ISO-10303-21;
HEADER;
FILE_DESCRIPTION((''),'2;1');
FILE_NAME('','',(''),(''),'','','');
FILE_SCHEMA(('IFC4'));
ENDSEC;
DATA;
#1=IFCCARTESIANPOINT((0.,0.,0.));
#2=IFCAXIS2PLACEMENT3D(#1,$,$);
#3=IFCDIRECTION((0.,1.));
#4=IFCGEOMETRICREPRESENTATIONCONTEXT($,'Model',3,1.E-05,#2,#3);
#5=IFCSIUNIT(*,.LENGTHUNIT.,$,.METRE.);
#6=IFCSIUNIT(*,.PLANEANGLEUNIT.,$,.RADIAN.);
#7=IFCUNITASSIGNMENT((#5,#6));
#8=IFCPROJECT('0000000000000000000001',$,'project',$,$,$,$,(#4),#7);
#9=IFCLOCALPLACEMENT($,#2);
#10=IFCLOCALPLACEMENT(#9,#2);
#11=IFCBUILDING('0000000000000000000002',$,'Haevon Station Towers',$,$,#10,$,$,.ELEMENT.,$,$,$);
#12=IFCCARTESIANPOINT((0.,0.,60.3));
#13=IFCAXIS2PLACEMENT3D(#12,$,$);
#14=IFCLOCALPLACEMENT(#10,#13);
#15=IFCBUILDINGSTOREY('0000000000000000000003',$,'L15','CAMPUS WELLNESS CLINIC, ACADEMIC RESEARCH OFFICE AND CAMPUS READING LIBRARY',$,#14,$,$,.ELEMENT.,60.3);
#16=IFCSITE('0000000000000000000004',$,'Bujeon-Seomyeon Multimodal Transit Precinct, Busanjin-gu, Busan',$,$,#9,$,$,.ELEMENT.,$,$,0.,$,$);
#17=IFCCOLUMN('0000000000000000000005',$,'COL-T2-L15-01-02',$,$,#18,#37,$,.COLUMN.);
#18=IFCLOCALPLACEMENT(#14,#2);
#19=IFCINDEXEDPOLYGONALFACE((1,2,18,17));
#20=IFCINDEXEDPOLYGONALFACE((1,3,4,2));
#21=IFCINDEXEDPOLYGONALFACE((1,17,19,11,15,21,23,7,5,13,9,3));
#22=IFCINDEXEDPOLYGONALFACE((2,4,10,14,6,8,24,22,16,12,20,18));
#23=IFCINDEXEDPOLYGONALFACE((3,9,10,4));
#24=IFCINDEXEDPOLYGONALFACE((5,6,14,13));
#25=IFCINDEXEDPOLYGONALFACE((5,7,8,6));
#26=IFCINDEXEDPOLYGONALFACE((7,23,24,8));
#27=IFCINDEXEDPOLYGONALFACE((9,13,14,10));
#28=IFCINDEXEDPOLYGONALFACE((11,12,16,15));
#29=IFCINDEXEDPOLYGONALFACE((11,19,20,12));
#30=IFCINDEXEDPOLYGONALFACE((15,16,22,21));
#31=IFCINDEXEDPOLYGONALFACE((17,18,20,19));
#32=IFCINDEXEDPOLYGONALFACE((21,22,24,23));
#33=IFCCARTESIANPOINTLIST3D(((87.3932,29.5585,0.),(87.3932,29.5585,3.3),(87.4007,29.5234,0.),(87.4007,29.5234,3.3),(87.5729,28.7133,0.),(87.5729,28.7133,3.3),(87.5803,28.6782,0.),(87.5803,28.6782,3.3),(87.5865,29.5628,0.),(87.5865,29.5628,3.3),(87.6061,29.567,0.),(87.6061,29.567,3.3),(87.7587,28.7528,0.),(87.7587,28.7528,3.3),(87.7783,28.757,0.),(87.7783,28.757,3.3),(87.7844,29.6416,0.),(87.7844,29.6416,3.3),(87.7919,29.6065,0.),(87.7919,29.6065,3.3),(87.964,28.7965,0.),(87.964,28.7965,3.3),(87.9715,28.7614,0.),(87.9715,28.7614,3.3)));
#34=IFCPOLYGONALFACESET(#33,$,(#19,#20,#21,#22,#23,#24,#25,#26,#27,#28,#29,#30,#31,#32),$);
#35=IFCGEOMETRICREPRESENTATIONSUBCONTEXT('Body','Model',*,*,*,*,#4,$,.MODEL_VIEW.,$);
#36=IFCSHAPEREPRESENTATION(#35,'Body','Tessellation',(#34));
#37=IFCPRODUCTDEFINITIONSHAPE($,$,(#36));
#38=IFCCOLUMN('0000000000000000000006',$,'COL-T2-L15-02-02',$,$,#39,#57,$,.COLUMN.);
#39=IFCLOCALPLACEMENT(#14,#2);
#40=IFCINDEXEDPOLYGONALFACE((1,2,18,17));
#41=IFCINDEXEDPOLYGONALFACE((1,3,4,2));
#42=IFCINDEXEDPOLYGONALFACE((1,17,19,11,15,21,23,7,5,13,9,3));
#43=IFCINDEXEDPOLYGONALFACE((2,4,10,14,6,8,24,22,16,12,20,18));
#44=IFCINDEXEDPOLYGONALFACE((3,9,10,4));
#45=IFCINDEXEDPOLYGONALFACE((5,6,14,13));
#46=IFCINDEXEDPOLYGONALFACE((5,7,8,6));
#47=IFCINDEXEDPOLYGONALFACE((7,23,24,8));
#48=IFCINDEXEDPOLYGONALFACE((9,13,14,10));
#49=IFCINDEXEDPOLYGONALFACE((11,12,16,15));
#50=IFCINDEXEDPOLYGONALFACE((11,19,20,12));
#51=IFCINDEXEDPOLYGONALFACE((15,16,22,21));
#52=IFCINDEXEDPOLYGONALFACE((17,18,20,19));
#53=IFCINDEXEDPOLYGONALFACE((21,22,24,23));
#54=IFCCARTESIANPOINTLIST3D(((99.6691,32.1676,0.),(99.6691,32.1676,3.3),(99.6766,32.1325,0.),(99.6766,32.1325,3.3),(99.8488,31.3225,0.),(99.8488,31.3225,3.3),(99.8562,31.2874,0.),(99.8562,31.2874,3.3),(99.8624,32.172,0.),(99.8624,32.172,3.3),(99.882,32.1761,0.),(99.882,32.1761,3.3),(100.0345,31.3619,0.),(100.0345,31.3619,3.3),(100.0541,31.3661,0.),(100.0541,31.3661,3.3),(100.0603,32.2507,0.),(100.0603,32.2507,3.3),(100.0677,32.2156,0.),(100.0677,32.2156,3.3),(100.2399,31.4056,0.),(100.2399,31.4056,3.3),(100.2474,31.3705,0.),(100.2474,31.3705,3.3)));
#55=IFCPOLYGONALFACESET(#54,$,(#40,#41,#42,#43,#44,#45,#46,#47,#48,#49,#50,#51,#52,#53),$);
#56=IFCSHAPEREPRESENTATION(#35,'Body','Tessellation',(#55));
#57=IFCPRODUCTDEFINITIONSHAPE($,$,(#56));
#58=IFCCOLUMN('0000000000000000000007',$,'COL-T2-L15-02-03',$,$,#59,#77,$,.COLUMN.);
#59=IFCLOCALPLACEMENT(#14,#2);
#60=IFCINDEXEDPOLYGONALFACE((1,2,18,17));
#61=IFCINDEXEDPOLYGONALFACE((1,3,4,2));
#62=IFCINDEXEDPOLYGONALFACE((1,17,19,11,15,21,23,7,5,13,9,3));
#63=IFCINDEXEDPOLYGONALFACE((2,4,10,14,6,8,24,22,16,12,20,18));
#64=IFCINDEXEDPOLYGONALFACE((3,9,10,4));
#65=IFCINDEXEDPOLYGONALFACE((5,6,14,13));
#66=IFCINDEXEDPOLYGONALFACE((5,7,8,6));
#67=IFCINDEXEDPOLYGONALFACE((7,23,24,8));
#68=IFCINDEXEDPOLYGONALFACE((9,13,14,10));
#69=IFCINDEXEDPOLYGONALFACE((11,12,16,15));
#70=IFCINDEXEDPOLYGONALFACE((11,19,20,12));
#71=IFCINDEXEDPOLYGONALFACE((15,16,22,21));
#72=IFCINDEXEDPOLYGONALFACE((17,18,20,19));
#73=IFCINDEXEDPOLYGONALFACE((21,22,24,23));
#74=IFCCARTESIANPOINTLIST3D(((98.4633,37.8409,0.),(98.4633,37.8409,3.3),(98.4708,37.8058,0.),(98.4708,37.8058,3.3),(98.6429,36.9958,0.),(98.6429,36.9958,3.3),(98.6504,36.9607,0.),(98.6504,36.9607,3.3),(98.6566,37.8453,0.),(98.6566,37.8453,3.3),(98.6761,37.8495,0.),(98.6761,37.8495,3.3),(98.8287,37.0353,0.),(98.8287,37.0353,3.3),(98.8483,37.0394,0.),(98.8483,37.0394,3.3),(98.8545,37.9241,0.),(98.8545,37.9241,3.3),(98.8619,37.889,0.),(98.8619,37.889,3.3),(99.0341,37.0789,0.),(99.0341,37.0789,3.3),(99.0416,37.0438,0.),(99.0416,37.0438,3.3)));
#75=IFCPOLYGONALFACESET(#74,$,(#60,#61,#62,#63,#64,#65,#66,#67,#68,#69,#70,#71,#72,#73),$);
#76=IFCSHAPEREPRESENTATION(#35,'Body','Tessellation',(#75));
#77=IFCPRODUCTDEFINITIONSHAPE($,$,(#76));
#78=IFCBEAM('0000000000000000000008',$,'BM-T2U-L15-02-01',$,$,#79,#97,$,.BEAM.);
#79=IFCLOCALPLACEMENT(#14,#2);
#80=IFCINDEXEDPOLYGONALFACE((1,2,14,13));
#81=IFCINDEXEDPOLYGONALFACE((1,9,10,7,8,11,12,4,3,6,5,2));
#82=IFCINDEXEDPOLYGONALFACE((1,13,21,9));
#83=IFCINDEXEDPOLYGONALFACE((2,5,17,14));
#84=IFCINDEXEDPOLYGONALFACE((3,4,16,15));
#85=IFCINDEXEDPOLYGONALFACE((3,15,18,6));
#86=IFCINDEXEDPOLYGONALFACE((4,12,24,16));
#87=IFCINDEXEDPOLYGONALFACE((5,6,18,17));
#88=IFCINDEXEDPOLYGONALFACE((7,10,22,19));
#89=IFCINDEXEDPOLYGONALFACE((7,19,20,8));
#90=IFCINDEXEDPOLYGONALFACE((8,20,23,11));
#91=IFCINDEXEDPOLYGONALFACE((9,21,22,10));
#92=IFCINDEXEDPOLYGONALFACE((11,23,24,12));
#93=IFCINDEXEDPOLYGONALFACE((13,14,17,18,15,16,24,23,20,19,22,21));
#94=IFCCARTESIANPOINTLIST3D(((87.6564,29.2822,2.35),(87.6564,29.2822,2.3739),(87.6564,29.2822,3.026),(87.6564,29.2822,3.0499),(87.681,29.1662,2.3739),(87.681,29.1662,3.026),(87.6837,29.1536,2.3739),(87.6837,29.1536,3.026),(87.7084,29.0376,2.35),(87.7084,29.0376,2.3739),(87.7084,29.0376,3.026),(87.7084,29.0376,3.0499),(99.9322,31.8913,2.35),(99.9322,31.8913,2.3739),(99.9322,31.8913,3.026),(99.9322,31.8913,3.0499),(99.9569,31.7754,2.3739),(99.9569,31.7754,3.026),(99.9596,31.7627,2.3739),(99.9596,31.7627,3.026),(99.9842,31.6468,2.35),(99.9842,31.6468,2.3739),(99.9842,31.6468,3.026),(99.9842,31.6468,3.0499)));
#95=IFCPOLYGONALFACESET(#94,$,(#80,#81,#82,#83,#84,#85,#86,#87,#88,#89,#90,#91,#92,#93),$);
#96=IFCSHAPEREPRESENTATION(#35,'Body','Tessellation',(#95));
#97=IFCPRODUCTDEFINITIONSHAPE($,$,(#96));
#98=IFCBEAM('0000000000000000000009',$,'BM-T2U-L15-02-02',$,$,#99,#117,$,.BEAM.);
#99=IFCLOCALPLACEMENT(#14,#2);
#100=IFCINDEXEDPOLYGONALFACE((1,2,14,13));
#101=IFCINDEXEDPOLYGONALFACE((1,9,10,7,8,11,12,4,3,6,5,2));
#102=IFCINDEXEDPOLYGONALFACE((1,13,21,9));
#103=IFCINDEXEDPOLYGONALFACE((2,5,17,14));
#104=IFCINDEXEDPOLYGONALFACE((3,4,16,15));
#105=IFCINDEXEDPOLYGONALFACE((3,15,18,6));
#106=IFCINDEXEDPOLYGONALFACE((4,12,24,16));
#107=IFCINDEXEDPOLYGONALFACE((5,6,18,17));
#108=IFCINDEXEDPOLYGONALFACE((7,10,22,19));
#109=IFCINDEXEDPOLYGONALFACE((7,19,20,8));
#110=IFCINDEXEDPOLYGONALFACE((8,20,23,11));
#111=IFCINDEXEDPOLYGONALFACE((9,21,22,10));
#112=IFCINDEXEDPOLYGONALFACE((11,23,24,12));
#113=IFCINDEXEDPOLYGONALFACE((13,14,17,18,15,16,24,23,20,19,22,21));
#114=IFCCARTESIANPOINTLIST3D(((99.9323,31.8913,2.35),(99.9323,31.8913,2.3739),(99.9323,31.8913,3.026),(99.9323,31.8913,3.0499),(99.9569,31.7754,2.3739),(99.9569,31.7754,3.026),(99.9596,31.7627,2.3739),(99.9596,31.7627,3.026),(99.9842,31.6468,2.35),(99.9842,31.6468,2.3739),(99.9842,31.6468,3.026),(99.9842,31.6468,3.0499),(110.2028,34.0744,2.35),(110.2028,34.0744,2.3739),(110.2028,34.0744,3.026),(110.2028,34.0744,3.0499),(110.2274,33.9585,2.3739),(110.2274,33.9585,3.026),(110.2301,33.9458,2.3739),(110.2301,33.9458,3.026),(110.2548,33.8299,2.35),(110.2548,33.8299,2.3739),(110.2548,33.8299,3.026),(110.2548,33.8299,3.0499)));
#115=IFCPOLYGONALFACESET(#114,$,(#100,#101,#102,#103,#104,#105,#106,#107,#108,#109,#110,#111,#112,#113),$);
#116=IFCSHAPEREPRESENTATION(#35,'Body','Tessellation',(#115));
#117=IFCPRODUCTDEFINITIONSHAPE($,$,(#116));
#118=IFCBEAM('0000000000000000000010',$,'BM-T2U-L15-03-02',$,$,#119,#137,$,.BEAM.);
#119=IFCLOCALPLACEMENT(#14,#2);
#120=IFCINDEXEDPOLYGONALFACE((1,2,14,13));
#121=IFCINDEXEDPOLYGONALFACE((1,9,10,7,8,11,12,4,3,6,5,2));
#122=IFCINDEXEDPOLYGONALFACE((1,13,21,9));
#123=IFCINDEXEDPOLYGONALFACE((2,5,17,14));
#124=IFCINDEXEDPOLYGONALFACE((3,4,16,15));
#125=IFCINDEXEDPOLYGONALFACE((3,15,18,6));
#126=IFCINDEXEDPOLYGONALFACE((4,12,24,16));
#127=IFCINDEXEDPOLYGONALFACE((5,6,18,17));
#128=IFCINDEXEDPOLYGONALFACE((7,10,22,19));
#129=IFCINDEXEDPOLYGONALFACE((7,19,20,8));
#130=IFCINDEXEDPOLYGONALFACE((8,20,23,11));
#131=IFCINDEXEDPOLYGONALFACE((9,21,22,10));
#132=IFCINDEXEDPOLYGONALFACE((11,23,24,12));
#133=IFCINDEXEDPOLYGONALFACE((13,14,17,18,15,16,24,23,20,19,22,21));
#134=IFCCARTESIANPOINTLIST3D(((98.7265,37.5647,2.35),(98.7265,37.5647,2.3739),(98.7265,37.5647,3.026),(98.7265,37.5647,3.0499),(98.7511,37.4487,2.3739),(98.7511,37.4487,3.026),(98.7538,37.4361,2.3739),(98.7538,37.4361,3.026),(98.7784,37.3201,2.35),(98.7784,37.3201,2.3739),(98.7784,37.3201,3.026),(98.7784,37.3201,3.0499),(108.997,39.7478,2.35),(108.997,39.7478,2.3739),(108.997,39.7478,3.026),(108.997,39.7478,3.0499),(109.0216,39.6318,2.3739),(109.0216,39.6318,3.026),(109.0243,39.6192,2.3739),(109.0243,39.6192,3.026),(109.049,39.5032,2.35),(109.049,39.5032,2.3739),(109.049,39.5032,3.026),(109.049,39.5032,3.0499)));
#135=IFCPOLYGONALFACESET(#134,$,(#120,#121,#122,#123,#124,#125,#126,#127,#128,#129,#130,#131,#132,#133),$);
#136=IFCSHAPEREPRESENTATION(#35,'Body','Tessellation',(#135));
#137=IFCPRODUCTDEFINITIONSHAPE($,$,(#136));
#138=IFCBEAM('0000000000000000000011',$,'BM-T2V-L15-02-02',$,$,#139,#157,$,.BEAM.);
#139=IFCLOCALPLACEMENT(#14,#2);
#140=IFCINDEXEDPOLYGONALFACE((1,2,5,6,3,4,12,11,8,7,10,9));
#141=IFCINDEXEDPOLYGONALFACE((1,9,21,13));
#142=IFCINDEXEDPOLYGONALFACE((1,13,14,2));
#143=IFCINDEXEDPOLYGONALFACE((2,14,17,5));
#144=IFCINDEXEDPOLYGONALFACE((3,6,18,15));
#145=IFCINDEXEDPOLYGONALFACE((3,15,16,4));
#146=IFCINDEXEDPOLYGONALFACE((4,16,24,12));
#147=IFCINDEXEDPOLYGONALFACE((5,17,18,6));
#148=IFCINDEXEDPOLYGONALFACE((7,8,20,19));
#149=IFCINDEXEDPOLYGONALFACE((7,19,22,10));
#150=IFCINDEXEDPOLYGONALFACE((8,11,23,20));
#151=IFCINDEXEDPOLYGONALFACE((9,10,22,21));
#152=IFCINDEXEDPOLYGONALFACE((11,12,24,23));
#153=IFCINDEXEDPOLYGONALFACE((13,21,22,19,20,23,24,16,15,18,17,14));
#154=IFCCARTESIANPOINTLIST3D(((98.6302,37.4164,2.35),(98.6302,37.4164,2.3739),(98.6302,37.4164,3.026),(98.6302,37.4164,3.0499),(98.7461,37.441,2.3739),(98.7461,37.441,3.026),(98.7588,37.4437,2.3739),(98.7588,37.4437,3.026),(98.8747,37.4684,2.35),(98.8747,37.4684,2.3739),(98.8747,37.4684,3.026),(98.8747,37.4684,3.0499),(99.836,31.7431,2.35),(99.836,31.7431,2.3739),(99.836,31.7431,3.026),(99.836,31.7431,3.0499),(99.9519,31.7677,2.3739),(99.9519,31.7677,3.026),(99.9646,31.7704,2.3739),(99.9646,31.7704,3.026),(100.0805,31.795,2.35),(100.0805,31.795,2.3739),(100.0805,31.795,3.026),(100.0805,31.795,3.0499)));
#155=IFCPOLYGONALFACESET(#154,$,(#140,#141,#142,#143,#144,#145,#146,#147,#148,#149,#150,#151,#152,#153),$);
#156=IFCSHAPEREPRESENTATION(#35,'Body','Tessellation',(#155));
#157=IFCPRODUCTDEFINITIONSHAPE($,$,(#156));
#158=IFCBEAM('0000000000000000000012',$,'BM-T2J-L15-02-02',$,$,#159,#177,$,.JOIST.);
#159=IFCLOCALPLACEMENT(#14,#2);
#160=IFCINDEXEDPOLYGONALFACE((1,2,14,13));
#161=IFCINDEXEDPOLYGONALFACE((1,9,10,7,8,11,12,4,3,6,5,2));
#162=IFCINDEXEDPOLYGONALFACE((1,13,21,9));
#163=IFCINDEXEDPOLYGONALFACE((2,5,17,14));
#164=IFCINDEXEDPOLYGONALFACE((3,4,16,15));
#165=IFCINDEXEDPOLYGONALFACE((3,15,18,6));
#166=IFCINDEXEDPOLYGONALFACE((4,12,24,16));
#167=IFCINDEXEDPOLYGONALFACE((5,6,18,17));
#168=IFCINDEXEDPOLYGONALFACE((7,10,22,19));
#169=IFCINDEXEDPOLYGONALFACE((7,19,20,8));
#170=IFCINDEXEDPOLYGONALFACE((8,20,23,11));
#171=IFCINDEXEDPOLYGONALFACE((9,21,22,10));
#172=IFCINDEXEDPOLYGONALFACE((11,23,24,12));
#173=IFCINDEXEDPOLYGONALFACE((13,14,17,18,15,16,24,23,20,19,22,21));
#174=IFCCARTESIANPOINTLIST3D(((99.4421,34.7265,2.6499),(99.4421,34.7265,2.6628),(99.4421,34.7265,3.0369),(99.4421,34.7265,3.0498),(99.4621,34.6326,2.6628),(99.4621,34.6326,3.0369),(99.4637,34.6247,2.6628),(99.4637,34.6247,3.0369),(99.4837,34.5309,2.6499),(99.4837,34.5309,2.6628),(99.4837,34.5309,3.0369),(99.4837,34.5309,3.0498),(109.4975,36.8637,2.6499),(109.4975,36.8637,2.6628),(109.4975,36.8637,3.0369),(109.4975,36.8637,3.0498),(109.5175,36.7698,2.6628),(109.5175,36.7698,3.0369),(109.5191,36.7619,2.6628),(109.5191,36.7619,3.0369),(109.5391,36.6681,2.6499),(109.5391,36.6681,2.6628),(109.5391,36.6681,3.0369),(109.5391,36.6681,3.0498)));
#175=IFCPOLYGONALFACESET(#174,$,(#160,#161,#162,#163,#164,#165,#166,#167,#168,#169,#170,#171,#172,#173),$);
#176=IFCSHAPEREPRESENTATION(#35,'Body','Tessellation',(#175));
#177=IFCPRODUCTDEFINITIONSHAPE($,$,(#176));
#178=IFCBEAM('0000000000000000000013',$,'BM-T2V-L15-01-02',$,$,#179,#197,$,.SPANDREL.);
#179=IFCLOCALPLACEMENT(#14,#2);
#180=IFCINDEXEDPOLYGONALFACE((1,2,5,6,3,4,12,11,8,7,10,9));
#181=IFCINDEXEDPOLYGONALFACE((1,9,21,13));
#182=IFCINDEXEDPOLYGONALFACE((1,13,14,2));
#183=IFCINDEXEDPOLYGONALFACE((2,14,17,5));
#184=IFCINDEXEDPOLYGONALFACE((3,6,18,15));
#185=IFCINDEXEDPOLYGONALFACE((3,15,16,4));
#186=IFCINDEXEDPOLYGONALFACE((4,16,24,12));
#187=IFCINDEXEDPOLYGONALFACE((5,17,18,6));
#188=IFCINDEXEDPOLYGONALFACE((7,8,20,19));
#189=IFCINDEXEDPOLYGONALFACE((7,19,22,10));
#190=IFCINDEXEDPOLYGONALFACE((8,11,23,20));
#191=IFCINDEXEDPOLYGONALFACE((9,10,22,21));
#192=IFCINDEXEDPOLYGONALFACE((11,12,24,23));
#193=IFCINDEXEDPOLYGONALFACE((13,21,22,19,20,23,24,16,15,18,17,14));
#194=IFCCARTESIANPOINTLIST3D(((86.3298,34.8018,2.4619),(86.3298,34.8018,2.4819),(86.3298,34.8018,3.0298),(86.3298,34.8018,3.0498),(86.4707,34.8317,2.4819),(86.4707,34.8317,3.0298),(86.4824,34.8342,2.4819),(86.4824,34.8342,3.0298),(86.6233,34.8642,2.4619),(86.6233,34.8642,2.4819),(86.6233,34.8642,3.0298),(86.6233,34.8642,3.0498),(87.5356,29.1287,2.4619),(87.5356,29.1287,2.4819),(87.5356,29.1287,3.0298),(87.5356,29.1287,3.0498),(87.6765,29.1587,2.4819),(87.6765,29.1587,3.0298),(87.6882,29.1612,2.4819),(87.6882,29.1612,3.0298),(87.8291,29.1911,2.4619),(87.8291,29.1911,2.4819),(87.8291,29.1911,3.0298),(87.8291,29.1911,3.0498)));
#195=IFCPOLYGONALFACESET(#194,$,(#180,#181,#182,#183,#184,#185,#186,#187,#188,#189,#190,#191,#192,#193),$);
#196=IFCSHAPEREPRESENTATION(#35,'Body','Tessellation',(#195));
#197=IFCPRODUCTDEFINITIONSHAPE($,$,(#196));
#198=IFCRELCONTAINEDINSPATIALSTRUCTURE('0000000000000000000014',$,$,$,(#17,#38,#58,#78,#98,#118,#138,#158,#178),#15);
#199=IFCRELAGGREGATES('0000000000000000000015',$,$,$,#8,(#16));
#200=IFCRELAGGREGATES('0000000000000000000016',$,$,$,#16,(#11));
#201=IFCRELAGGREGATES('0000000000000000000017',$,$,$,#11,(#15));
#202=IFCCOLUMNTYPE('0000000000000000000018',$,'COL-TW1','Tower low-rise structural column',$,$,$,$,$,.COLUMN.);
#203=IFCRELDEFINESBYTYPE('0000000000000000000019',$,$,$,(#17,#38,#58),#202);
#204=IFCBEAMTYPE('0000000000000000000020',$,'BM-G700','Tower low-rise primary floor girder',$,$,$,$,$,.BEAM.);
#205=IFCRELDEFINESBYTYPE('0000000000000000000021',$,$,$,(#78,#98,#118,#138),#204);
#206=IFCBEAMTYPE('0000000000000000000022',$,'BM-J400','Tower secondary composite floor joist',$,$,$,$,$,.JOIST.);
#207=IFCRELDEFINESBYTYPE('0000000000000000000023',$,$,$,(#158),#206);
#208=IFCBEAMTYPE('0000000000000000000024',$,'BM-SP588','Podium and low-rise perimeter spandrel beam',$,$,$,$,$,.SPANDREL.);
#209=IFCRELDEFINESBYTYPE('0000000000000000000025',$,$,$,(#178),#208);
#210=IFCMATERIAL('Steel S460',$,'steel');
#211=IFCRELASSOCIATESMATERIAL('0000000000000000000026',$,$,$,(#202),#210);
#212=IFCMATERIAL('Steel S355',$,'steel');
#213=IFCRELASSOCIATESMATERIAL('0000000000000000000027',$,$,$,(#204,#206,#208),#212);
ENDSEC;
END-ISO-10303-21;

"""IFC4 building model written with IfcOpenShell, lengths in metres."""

from ifc_helpers import new_model, si_unit, direction, frame, origin, origin_2d, place, context, subcontext, project, spatial, i_section, extrude, material, material_profile, profile_set, type_object, element, save


model = new_model("IFC4")

# Units and contexts
model_context = context("Model", 3, precision=1e-05, world=origin(), true_north=direction((0.0, 1.0)))
body_context = subcontext(model_context, "Body", "Model", "MODEL_VIEW")
ifc_project = project(units=[si_unit("LENGTHUNIT", "METRE"), si_unit("PLANEANGLEUNIT", "RADIAN")], contexts=[model_context])

# Site, building, storey
site_placement = place(None, origin())
site = spatial("IfcSite", under=ifc_project, at=site_placement, Name="Bujeon-Seomyeon Multimodal Transit Precinct, Busanjin-gu, Busan", CompositionType="ELEMENT", RefElevation=0.0)
building_placement = place(site_placement, origin())
building = spatial("IfcBuilding", under=site, at=building_placement, Name="Haevon Station Towers", CompositionType="ELEMENT")
storey_placement = place(building_placement, frame((0.0, 0.0, 60.3)))
storey = spatial("IfcBuildingStorey", under=building, at=storey_placement, Name="L15", Description="CAMPUS WELLNESS CLINIC, ACADEMIC RESEARCH OFFICE AND CAMPUS READING LIBRARY", CompositionType="ELEMENT", Elevation=60.3)

# Columns
ifc_material_1 = material(Name="Steel S460", Category="steel")
ifc_material_profile_1 = material_profile(ifc_material_1, i_section(OverallWidth=0.3999, OverallDepth=0.8999, WebThickness=0.02, FlangeThickness=0.0359, at=origin_2d()), Name="H-900x400x20x36")
ifc_profile_set_1 = profile_set([ifc_material_profile_1], Name="Steel S460")
column_type = type_object("IfcColumnType", Name="COL-TW1", Description="Tower low-rise structural column", PredefinedType="COLUMN", material=ifc_profile_set_1)
for number, where, z_axis, x_axis, name in (
    (1, (87.6824, 29.1599, 0.0), (0.0, 0.0, 1.0), (0.978148, 0.207912, 0.0), "COL-T2-L15-01-02"),
    (2, (99.9583, 31.769, 0.0), (0.0, 0.0, 1.0), (0.978148, 0.207912, 0.0), "COL-T2-L15-02-02"),
    (3, (98.7524, 37.4424, 0.0), (0.0, 0.0, 1.0), (0.978148, 0.207912, 0.0), "COL-T2-L15-02-03"),
):
    element("IfcColumn", number, at=place(storey_placement, frame(where, z_axis=z_axis, x_axis=x_axis)), inside=storey, type_object=column_type, Name=name, PredefinedType="COLUMN", context=body_context, shape_type="SweptSolid", body=[
        extrude(i_section(OverallWidth=0.3999, OverallDepth=0.8999, WebThickness=0.02, FlangeThickness=0.0359, at=origin_2d()), origin(), (0.0, 0.0, 1.0), 3.3),
    ])

# Beams
ifc_material_2 = material(Name="Steel S355", Category="steel")
ifc_material_profile_2 = material_profile(ifc_material_2, i_section(OverallWidth=0.25, OverallDepth=0.7, WebThickness=0.0129, FlangeThickness=0.0239, at=origin_2d()), Name="H-700x250x13x24")
ifc_profile_set_2 = profile_set([ifc_material_profile_2], Name="Steel S355")
beam_type_1 = type_object("IfcBeamType", Name="BM-G700", Description="Tower low-rise primary floor girder", PredefinedType="BEAM", material=ifc_profile_set_2)
beam_1_placement = place(storey_placement, frame((87.6824, 29.1599, 2.7), z_axis=(0.978151, 0.207897, 0.0), x_axis=(-0.207897, 0.978151, 0.0)))
element("IfcBeam", 4, at=beam_1_placement, inside=storey, type_object=beam_type_1, Name="BM-T2U-L15-02-01", PredefinedType="BEAM", context=body_context, shape_type="SweptSolid", body=[
    extrude(i_section(OverallWidth=0.25, OverallDepth=0.7, WebThickness=0.0129, FlangeThickness=0.0239, at=origin_2d()), origin(), (0.0, 0.0, 1.0), 12.55),
])
for number, where, z_axis, x_axis, name in (
    (5, (99.9583, 31.769, 2.7), (0.978147, 0.207915, 0.0), (-0.207915, 0.978147, 0.0), "BM-T2U-L15-02-02"),
    (6, (98.7524, 37.4424, 2.7), (0.978147, 0.207915, 0.0), (-0.207915, 0.978147, 0.0), "BM-T2U-L15-03-02"),
):
    element("IfcBeam", number, at=place(storey_placement, frame(where, z_axis=z_axis, x_axis=x_axis)), inside=storey, type_object=beam_type_1, Name=name, PredefinedType="BEAM", context=body_context, shape_type="SweptSolid", body=[
        extrude(i_section(OverallWidth=0.25, OverallDepth=0.7, WebThickness=0.0129, FlangeThickness=0.0239, at=origin_2d()), origin(), (0.0, 0.0, 1.0), 10.5),
    ])
beam_2_placement = place(storey_placement, frame((99.9583, 31.769, 2.7), z_axis=(-0.207896, 0.978151, 0.0), x_axis=(-0.978151, -0.207896, 0.0)))
element("IfcBeam", 7, at=beam_2_placement, inside=storey, type_object=beam_type_1, Name="BM-T2V-L15-02-02", PredefinedType="BEAM", context=body_context, shape_type="SweptSolid", body=[
    extrude(i_section(OverallWidth=0.25, OverallDepth=0.7, WebThickness=0.0129, FlangeThickness=0.0239, at=origin_2d()), origin(), (0.0, 0.0, 1.0), 5.8),
])
ifc_material_profile_3 = material_profile(ifc_material_2, i_section(OverallWidth=0.2, OverallDepth=0.3999, WebThickness=0.0081, FlangeThickness=0.0129, at=origin_2d()), Name="H-400x200x8x13")
ifc_profile_set_3 = profile_set([ifc_material_profile_3], Name="Steel S355")
beam_type_2 = type_object("IfcBeamType", Name="BM-J400", Description="Tower secondary composite floor joist", PredefinedType="JOIST", material=ifc_profile_set_3)
beam_3_placement = place(storey_placement, frame((99.4629, 34.6287, 2.8499), z_axis=(0.97815, 0.207899, 0.0), x_axis=(-0.207899, 0.97815, 0.0)))
element("IfcBeam", 8, at=beam_3_placement, inside=storey, type_object=beam_type_2, Name="BM-T2J-L15-02-02", PredefinedType="JOIST", context=body_context, shape_type="SweptSolid", body=[
    extrude(i_section(OverallWidth=0.2, OverallDepth=0.3999, WebThickness=0.0081, FlangeThickness=0.0129, at=origin_2d()), origin(), (0.0, 0.0, 1.0), 10.28),
])
ifc_material_profile_4 = material_profile(ifc_material_2, i_section(OverallWidth=0.3, OverallDepth=0.5879, WebThickness=0.012, FlangeThickness=0.02, at=origin_2d()), Name="H-588x300x12x20")
ifc_profile_set_4 = profile_set([ifc_material_profile_4], Name="Steel S355")
beam_type_3 = type_object("IfcBeamType", Name="BM-SP588", Description="Podium and low-rise perimeter spandrel beam", PredefinedType="SPANDREL", material=ifc_profile_set_4)
beam_4_placement = place(storey_placement, frame((87.6824, 29.1599, 2.7559), z_axis=(-0.207905, 0.978149, 0.0), x_axis=(-0.978149, -0.207905, 0.0)))
element("IfcBeam", 9, at=beam_4_placement, inside=storey, type_object=beam_type_3, Name="BM-T2V-L15-01-02", PredefinedType="SPANDREL", context=body_context, shape_type="SweptSolid", body=[
    extrude(i_section(OverallWidth=0.3, OverallDepth=0.5879, WebThickness=0.012, FlangeThickness=0.02, at=origin_2d()), origin(), (0.0, 0.0, 1.0), 5.7998),
])

save(model, "model.ifc")
